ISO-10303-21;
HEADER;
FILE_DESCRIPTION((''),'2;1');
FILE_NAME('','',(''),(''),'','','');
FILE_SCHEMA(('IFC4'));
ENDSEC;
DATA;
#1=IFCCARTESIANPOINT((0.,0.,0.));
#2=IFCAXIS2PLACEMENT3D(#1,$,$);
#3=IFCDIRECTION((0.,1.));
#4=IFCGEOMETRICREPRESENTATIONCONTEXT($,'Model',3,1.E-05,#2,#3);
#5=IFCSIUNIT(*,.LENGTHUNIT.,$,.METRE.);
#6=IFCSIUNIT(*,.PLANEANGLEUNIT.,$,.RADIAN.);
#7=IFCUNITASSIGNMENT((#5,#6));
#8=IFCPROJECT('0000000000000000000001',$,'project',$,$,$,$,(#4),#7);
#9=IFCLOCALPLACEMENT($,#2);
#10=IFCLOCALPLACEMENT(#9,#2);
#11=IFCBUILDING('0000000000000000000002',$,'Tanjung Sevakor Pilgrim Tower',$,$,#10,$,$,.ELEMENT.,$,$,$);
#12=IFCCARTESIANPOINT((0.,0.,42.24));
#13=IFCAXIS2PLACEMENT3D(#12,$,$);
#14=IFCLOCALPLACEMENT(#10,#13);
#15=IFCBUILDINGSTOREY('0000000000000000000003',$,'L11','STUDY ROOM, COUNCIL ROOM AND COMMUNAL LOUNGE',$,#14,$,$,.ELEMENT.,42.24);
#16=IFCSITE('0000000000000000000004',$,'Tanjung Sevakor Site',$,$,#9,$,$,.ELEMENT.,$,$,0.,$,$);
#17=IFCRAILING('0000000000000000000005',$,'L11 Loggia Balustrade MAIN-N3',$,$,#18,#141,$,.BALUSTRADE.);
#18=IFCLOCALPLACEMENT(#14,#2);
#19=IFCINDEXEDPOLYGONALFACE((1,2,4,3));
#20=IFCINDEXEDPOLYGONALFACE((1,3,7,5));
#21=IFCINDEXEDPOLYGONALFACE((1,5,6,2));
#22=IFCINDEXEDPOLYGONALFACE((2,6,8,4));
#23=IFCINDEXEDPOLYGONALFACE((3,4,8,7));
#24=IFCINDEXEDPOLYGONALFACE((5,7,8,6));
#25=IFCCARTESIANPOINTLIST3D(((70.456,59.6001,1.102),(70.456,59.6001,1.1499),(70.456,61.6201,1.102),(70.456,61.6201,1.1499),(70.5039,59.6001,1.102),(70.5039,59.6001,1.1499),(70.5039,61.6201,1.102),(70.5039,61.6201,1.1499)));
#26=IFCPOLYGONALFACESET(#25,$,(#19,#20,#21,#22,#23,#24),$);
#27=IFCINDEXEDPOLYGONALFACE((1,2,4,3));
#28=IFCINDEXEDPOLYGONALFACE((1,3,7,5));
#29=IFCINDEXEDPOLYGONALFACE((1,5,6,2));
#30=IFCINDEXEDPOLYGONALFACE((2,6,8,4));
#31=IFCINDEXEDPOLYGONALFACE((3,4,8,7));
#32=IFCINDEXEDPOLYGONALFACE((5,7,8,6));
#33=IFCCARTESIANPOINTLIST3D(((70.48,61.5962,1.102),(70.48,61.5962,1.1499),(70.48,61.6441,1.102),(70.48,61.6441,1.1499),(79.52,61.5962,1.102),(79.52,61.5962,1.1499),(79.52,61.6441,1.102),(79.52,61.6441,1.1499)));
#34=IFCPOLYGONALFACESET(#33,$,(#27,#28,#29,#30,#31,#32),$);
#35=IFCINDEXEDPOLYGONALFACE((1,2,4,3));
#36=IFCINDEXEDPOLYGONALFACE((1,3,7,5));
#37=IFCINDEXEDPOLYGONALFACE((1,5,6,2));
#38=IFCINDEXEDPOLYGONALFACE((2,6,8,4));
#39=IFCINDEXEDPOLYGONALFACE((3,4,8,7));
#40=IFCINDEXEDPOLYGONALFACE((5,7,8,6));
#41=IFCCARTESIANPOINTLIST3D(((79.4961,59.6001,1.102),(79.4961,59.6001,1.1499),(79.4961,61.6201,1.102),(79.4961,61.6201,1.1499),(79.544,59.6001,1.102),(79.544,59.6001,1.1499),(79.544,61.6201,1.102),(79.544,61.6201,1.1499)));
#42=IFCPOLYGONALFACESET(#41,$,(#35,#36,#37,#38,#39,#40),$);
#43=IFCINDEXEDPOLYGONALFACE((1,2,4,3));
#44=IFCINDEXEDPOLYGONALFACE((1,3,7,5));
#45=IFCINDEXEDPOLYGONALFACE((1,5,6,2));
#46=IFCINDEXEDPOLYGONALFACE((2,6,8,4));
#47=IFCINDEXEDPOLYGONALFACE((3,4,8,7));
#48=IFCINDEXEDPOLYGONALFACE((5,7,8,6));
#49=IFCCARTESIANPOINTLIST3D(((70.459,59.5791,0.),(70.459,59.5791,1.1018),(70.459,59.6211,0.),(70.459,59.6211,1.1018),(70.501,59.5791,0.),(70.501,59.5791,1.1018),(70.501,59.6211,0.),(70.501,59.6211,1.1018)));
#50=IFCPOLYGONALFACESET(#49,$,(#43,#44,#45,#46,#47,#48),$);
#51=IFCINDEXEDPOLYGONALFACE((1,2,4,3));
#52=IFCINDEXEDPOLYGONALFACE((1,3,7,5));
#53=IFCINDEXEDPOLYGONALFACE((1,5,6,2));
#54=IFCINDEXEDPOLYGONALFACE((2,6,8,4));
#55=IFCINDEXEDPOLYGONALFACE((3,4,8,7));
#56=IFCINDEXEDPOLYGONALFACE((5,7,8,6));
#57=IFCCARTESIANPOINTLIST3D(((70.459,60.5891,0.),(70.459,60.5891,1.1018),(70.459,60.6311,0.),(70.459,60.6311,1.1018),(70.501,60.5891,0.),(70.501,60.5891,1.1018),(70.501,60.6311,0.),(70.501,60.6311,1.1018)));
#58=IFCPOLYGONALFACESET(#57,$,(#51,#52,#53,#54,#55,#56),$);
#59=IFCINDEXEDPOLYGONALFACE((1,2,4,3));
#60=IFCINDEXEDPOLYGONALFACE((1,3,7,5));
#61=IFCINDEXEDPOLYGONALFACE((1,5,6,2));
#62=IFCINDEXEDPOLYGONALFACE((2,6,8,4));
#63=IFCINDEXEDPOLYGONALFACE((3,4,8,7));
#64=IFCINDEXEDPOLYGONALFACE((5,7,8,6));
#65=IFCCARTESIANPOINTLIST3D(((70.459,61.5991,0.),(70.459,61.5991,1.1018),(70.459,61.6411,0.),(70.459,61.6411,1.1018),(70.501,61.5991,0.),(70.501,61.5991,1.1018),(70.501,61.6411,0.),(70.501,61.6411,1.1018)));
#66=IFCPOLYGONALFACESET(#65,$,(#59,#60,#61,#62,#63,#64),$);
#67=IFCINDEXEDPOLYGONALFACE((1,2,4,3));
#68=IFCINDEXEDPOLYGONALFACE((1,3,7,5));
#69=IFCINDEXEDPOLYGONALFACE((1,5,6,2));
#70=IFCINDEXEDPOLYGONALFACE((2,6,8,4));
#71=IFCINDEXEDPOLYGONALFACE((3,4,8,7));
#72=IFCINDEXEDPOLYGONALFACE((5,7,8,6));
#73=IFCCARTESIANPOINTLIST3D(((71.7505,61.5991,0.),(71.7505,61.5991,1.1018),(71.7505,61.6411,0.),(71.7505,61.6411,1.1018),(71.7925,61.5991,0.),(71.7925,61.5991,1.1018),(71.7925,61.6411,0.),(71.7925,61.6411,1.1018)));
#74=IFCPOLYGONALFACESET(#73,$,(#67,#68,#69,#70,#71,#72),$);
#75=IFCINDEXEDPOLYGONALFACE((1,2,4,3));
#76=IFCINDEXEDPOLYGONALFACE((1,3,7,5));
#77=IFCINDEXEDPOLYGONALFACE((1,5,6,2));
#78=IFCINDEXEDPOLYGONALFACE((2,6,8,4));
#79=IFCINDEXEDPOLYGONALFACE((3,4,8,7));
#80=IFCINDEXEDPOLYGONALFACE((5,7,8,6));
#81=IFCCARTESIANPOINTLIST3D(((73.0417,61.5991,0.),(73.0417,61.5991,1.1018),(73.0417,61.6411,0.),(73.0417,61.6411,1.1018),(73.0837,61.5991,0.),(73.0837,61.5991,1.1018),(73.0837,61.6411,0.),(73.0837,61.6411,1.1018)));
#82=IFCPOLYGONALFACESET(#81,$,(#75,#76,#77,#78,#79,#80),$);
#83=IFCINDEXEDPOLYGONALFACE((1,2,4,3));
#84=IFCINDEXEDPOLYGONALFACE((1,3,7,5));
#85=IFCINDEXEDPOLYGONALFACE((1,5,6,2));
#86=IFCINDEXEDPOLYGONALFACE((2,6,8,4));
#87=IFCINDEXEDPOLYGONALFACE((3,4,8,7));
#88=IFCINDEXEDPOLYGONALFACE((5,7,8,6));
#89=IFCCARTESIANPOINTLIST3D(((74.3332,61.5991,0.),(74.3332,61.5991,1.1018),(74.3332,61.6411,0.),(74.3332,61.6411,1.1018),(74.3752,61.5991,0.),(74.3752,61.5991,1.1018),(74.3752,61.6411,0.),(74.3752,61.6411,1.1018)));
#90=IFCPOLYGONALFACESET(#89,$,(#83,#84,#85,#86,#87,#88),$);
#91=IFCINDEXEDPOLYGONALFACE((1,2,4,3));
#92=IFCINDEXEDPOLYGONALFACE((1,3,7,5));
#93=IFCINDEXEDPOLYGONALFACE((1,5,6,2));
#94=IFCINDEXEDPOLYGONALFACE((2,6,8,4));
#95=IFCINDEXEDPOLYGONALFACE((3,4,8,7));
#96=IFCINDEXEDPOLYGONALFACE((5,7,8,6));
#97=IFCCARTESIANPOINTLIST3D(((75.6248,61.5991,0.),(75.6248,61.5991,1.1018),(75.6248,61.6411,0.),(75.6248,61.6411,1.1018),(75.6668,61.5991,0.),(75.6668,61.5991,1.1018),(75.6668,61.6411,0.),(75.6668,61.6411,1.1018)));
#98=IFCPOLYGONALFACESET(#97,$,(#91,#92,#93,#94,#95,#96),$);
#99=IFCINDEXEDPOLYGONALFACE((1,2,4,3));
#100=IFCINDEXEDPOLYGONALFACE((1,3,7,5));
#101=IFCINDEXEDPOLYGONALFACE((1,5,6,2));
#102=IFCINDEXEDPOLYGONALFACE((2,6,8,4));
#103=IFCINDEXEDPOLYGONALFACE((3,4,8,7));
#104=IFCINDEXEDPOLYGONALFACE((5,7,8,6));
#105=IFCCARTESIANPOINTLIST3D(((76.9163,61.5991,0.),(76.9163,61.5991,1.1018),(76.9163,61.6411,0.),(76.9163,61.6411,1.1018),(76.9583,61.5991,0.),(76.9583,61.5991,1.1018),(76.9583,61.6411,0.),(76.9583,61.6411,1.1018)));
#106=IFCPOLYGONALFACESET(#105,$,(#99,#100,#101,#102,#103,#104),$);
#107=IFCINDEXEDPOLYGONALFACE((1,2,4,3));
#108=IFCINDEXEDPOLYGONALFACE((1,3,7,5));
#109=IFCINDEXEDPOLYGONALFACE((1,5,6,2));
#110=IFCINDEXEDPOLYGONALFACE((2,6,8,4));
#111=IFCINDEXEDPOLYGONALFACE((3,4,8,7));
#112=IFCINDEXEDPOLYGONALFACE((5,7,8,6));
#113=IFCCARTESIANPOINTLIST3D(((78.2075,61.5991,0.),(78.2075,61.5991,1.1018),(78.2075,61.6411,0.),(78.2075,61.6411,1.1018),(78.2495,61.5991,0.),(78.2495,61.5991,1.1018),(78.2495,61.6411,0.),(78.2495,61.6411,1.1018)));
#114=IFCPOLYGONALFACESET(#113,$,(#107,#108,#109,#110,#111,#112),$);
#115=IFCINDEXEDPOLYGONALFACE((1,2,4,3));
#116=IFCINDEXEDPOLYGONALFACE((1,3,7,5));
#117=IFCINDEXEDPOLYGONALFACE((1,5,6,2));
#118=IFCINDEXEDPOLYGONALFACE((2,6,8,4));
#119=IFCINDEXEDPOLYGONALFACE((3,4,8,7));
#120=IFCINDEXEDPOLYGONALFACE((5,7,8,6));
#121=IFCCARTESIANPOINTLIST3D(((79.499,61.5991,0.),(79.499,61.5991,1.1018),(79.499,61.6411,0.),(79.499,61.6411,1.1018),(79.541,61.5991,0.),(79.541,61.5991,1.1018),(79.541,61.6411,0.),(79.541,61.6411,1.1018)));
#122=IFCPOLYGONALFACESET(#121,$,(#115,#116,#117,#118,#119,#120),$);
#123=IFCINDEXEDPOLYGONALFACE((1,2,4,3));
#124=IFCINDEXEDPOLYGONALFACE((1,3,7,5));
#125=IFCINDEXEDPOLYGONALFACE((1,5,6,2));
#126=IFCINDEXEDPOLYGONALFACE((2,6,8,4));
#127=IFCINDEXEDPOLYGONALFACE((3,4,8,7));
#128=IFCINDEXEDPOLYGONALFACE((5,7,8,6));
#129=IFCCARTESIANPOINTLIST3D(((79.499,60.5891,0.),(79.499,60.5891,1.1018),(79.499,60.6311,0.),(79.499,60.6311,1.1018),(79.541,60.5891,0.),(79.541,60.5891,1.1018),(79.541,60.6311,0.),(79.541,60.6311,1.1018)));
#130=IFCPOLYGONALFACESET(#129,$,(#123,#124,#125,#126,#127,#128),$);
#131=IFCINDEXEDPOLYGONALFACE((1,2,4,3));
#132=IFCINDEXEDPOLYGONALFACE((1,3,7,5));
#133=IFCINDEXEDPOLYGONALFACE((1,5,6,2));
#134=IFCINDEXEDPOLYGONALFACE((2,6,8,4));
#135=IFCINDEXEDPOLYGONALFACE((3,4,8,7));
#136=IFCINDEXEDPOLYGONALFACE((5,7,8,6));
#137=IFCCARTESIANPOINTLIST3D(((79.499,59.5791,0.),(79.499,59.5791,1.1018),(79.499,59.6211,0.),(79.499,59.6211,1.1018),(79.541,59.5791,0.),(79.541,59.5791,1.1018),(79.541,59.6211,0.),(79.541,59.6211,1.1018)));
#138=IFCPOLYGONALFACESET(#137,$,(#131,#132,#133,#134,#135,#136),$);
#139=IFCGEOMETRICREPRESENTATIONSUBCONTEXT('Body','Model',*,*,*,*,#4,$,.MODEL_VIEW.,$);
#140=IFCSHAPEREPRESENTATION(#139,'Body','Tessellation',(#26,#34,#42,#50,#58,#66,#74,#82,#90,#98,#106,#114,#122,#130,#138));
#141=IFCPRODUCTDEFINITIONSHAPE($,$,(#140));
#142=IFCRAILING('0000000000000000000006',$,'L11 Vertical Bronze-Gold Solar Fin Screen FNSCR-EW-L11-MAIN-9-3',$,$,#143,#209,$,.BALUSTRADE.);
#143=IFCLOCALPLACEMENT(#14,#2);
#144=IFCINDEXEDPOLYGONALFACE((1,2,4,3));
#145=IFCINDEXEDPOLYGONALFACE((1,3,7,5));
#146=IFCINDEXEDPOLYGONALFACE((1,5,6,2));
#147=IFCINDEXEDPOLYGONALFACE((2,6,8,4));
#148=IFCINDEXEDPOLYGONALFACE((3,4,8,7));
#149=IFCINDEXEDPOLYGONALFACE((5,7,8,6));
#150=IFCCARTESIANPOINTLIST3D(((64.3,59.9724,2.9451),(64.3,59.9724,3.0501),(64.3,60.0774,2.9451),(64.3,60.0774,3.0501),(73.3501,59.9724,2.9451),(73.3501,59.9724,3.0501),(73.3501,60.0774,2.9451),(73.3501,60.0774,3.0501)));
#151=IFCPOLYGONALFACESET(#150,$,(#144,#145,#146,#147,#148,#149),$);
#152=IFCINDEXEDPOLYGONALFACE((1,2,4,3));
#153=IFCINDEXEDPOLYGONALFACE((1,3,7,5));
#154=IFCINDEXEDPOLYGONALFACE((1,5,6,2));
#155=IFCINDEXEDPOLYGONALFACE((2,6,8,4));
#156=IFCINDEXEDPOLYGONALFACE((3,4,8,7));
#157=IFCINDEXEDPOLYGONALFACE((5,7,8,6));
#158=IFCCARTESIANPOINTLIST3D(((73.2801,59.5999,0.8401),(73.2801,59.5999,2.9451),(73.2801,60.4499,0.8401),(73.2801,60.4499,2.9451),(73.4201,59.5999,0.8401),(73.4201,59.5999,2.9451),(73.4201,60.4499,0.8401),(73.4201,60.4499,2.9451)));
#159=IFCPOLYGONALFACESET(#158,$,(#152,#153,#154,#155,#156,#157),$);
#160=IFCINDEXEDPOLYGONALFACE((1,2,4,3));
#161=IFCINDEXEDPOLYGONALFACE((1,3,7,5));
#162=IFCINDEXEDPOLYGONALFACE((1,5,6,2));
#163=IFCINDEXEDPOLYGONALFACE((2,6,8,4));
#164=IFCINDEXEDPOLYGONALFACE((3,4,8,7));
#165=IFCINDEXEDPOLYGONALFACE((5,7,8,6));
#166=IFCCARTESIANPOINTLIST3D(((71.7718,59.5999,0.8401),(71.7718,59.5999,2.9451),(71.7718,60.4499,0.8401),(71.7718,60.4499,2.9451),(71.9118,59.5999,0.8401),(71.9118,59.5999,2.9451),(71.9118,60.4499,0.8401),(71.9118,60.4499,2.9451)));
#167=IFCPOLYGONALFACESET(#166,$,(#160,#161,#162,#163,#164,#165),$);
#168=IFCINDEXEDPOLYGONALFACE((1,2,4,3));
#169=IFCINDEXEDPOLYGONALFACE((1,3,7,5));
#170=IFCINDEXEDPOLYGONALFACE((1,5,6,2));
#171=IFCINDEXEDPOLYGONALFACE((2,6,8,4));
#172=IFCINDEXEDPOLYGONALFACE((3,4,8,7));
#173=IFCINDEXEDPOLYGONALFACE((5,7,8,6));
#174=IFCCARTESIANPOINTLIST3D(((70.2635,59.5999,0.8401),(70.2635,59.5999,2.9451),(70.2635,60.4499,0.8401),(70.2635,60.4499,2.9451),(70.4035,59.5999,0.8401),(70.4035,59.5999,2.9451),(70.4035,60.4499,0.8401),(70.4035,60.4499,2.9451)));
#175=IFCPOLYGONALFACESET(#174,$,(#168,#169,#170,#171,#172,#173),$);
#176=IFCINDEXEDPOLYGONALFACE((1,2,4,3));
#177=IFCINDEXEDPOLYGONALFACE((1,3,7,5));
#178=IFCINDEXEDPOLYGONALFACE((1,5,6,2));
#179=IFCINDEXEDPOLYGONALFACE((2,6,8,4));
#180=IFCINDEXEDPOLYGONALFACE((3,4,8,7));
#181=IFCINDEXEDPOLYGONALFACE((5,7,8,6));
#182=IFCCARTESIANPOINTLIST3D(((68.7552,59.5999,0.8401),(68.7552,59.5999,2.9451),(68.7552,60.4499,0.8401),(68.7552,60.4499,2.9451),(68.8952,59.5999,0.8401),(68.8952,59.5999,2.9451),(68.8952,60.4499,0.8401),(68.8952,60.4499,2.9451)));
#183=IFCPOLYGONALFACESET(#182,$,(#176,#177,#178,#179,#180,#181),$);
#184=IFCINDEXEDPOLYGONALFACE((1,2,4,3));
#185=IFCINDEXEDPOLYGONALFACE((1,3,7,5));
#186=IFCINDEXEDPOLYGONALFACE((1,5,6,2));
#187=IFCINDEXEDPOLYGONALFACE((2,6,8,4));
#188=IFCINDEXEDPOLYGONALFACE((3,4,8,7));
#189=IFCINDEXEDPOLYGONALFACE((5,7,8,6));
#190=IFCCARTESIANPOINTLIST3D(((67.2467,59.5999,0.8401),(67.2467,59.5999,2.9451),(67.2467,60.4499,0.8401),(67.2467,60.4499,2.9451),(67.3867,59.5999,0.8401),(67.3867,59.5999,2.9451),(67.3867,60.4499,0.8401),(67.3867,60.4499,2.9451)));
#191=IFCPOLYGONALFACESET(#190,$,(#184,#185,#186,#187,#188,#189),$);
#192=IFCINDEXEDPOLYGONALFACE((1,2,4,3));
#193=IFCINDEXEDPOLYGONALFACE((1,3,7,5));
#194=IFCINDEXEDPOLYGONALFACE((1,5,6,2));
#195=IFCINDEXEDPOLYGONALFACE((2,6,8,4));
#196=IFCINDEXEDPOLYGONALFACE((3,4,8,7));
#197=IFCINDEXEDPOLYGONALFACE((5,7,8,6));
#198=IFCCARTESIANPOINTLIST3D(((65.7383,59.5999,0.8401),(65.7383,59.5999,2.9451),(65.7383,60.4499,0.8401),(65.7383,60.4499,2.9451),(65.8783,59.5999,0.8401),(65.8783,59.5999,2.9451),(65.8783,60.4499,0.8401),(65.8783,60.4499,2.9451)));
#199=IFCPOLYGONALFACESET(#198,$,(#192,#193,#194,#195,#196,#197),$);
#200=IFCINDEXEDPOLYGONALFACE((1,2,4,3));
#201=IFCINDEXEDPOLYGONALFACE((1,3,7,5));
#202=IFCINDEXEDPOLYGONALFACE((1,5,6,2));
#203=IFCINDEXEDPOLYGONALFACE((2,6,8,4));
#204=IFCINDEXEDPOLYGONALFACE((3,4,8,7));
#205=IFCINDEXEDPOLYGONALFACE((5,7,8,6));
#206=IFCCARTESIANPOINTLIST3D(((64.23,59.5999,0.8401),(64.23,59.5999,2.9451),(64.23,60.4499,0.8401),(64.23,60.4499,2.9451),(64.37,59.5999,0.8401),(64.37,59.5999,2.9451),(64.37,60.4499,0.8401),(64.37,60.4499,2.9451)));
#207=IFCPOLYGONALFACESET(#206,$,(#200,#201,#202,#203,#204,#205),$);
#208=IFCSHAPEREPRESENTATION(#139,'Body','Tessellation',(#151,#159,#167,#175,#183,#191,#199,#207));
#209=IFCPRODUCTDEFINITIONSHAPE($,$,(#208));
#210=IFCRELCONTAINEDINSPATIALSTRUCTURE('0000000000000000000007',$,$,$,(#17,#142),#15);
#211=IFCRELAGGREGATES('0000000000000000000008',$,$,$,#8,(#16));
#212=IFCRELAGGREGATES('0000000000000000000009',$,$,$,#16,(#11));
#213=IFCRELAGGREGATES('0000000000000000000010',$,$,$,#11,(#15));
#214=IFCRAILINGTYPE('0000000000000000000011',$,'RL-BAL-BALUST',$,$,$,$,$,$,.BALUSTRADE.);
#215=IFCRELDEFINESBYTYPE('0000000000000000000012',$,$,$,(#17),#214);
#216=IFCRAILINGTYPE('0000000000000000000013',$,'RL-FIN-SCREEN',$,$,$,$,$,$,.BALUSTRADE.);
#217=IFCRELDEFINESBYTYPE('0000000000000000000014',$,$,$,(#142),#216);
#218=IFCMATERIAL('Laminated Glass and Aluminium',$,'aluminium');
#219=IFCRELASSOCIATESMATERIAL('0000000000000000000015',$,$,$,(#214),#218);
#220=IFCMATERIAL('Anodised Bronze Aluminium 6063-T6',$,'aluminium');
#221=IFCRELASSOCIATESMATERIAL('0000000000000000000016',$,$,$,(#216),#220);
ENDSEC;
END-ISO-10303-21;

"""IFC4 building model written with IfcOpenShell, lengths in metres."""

from ifc_helpers import new_model, si_unit, direction, frame, origin, place, context, subcontext, project, spatial, rectangle, extrude, material, type_object, element, save


model = new_model("IFC4")

# Units and contexts
model_context = context("Model", 3, precision=1e-05, world=origin(), true_north=direction((0.0, 1.0)))
body_context = subcontext(model_context, "Body", "Model", "MODEL_VIEW")
ifc_project = project(units=[si_unit("LENGTHUNIT", "METRE"), si_unit("PLANEANGLEUNIT", "RADIAN")], contexts=[model_context])

# Site, building, storey
site_placement = place(None, origin())
site = spatial("IfcSite", under=ifc_project, at=site_placement, Name="Tanjung Sevakor Site", CompositionType="ELEMENT", RefElevation=0.0)
building_placement = place(site_placement, origin())
building = spatial("IfcBuilding", under=site, at=building_placement, Name="Tanjung Sevakor Pilgrim Tower", CompositionType="ELEMENT")
storey_placement = place(building_placement, frame((0.0, 0.0, 42.24)))
storey = spatial("IfcBuildingStorey", under=building, at=storey_placement, Name="L11", Description="STUDY ROOM, COUNCIL ROOM AND COMMUNAL LOUNGE", CompositionType="ELEMENT", Elevation=42.24)

# Railings
ifc_material_1 = material(Name="Laminated Glass and Aluminium", Category="aluminium")
railing_type_1 = type_object("IfcRailingType", Name="RL-BAL-BALUST", PredefinedType="BALUSTRADE", material=ifc_material_1)
railing_1_placement = place(storey_placement, frame((70.48, 59.6001, 0.0)))
element("IfcRailing", 1, at=railing_1_placement, inside=storey, type_object=railing_type_1, Name="L11 Loggia Balustrade MAIN-N3", PredefinedType="BALUSTRADE", context=body_context, shape_type="SweptSolid", body=[
    extrude(rectangle(XDim=0.0479, YDim=0.0479), frame((0.0, 0.0, 1.126), z_axis=(0.0, 1.0, 0.0), x_axis=(-1.0, 0.0, 0.0)), (0.0, 0.0, 1.0), 2.02),
    extrude(rectangle(XDim=0.0479, YDim=0.0479), frame((0.0, 2.02, 1.126), z_axis=(1.0, 0.0, 0.0), x_axis=(0.0, 1.0, 0.0)), (0.0, 0.0, 1.0), 9.04),
    extrude(rectangle(XDim=0.0479, YDim=0.0479), frame((9.04, 2.02, 1.126), z_axis=(0.0, -1.0, 0.0), x_axis=(1.0, 0.0, 0.0)), (0.0, 0.0, 1.0), 2.02),
    extrude(rectangle(XDim=0.042, YDim=0.042), origin(), (0.0, 0.0, 1.0), 1.1018),
    extrude(rectangle(XDim=0.042, YDim=0.042), frame((0.0, 1.01, 0.0)), (0.0, 0.0, 1.0), 1.1018),
    extrude(rectangle(XDim=0.042, YDim=0.042), frame((0.0, 2.02, 0.0)), (0.0, 0.0, 1.0), 1.1018),
    extrude(rectangle(XDim=0.042, YDim=0.042), frame((1.2915, 2.02, 0.0)), (0.0, 0.0, 1.0), 1.1018),
    extrude(rectangle(XDim=0.042, YDim=0.042), frame((2.5828, 2.02, 0.0)), (0.0, 0.0, 1.0), 1.1018),
    extrude(rectangle(XDim=0.042, YDim=0.042), frame((3.8743, 2.02, 0.0)), (0.0, 0.0, 1.0), 1.1018),
    extrude(rectangle(XDim=0.042, YDim=0.042), frame((5.1658, 2.02, 0.0)), (0.0, 0.0, 1.0), 1.1018),
    extrude(rectangle(XDim=0.042, YDim=0.042), frame((6.4573, 2.02, 0.0)), (0.0, 0.0, 1.0), 1.1018),
    extrude(rectangle(XDim=0.042, YDim=0.042), frame((7.7485, 2.02, 0.0)), (0.0, 0.0, 1.0), 1.1018),
    extrude(rectangle(XDim=0.042, YDim=0.042), frame((9.04, 2.02, 0.0)), (0.0, 0.0, 1.0), 1.1018),
    extrude(rectangle(XDim=0.042, YDim=0.042), frame((9.04, 1.01, 0.0)), (0.0, 0.0, 1.0), 1.1018),
    extrude(rectangle(XDim=0.042, YDim=0.042), frame((9.04, 0.0, 0.0)), (0.0, 0.0, 1.0), 1.1018),
])
ifc_material_2 = material(Name="Anodised Bronze Aluminium 6063-T6", Category="aluminium")
railing_type_2 = type_object("IfcRailingType", Name="RL-FIN-SCREEN", PredefinedType="BALUSTRADE", material=ifc_material_2)
railing_2_placement = place(storey_placement, frame((73.3501, 60.0249, 0.8401)))
element("IfcRailing", 2, at=railing_2_placement, inside=storey, type_object=railing_type_2, Name="L11 Vertical Bronze-Gold Solar Fin Screen FNSCR-EW-L11-MAIN-9-3", PredefinedType="BALUSTRADE", context=body_context, shape_type="SweptSolid", body=[
    extrude(rectangle(XDim=0.105, YDim=0.105), frame((0.0, 0.0, 2.1575), z_axis=(-1.0, 0.0, 0.0), x_axis=(0.0, -1.0, 0.0)), (0.0, 0.0, 1.0), 9.05),
    extrude(rectangle(XDim=0.14, YDim=0.85), origin(), (0.0, 0.0, 1.0), 2.105),
    extrude(rectangle(XDim=0.14, YDim=0.85), frame((-1.5083, 0.0, 0.0)), (0.0, 0.0, 1.0), 2.105),
    extrude(rectangle(XDim=0.14, YDim=0.85), frame((-3.0166, 0.0, 0.0)), (0.0, 0.0, 1.0), 2.105),
    extrude(rectangle(XDim=0.14, YDim=0.85), frame((-4.5249, 0.0, 0.0)), (0.0, 0.0, 1.0), 2.105),
    extrude(rectangle(XDim=0.14, YDim=0.85), frame((-6.0334, 0.0, 0.0)), (0.0, 0.0, 1.0), 2.105),
    extrude(rectangle(XDim=0.14, YDim=0.85), frame((-7.5417, 0.0, 0.0)), (0.0, 0.0, 1.0), 2.105),
    extrude(rectangle(XDim=0.14, YDim=0.85), frame((-9.05, 0.0, 0.0)), (0.0, 0.0, 1.0), 2.105),
])

save(model, "model.ifc")
